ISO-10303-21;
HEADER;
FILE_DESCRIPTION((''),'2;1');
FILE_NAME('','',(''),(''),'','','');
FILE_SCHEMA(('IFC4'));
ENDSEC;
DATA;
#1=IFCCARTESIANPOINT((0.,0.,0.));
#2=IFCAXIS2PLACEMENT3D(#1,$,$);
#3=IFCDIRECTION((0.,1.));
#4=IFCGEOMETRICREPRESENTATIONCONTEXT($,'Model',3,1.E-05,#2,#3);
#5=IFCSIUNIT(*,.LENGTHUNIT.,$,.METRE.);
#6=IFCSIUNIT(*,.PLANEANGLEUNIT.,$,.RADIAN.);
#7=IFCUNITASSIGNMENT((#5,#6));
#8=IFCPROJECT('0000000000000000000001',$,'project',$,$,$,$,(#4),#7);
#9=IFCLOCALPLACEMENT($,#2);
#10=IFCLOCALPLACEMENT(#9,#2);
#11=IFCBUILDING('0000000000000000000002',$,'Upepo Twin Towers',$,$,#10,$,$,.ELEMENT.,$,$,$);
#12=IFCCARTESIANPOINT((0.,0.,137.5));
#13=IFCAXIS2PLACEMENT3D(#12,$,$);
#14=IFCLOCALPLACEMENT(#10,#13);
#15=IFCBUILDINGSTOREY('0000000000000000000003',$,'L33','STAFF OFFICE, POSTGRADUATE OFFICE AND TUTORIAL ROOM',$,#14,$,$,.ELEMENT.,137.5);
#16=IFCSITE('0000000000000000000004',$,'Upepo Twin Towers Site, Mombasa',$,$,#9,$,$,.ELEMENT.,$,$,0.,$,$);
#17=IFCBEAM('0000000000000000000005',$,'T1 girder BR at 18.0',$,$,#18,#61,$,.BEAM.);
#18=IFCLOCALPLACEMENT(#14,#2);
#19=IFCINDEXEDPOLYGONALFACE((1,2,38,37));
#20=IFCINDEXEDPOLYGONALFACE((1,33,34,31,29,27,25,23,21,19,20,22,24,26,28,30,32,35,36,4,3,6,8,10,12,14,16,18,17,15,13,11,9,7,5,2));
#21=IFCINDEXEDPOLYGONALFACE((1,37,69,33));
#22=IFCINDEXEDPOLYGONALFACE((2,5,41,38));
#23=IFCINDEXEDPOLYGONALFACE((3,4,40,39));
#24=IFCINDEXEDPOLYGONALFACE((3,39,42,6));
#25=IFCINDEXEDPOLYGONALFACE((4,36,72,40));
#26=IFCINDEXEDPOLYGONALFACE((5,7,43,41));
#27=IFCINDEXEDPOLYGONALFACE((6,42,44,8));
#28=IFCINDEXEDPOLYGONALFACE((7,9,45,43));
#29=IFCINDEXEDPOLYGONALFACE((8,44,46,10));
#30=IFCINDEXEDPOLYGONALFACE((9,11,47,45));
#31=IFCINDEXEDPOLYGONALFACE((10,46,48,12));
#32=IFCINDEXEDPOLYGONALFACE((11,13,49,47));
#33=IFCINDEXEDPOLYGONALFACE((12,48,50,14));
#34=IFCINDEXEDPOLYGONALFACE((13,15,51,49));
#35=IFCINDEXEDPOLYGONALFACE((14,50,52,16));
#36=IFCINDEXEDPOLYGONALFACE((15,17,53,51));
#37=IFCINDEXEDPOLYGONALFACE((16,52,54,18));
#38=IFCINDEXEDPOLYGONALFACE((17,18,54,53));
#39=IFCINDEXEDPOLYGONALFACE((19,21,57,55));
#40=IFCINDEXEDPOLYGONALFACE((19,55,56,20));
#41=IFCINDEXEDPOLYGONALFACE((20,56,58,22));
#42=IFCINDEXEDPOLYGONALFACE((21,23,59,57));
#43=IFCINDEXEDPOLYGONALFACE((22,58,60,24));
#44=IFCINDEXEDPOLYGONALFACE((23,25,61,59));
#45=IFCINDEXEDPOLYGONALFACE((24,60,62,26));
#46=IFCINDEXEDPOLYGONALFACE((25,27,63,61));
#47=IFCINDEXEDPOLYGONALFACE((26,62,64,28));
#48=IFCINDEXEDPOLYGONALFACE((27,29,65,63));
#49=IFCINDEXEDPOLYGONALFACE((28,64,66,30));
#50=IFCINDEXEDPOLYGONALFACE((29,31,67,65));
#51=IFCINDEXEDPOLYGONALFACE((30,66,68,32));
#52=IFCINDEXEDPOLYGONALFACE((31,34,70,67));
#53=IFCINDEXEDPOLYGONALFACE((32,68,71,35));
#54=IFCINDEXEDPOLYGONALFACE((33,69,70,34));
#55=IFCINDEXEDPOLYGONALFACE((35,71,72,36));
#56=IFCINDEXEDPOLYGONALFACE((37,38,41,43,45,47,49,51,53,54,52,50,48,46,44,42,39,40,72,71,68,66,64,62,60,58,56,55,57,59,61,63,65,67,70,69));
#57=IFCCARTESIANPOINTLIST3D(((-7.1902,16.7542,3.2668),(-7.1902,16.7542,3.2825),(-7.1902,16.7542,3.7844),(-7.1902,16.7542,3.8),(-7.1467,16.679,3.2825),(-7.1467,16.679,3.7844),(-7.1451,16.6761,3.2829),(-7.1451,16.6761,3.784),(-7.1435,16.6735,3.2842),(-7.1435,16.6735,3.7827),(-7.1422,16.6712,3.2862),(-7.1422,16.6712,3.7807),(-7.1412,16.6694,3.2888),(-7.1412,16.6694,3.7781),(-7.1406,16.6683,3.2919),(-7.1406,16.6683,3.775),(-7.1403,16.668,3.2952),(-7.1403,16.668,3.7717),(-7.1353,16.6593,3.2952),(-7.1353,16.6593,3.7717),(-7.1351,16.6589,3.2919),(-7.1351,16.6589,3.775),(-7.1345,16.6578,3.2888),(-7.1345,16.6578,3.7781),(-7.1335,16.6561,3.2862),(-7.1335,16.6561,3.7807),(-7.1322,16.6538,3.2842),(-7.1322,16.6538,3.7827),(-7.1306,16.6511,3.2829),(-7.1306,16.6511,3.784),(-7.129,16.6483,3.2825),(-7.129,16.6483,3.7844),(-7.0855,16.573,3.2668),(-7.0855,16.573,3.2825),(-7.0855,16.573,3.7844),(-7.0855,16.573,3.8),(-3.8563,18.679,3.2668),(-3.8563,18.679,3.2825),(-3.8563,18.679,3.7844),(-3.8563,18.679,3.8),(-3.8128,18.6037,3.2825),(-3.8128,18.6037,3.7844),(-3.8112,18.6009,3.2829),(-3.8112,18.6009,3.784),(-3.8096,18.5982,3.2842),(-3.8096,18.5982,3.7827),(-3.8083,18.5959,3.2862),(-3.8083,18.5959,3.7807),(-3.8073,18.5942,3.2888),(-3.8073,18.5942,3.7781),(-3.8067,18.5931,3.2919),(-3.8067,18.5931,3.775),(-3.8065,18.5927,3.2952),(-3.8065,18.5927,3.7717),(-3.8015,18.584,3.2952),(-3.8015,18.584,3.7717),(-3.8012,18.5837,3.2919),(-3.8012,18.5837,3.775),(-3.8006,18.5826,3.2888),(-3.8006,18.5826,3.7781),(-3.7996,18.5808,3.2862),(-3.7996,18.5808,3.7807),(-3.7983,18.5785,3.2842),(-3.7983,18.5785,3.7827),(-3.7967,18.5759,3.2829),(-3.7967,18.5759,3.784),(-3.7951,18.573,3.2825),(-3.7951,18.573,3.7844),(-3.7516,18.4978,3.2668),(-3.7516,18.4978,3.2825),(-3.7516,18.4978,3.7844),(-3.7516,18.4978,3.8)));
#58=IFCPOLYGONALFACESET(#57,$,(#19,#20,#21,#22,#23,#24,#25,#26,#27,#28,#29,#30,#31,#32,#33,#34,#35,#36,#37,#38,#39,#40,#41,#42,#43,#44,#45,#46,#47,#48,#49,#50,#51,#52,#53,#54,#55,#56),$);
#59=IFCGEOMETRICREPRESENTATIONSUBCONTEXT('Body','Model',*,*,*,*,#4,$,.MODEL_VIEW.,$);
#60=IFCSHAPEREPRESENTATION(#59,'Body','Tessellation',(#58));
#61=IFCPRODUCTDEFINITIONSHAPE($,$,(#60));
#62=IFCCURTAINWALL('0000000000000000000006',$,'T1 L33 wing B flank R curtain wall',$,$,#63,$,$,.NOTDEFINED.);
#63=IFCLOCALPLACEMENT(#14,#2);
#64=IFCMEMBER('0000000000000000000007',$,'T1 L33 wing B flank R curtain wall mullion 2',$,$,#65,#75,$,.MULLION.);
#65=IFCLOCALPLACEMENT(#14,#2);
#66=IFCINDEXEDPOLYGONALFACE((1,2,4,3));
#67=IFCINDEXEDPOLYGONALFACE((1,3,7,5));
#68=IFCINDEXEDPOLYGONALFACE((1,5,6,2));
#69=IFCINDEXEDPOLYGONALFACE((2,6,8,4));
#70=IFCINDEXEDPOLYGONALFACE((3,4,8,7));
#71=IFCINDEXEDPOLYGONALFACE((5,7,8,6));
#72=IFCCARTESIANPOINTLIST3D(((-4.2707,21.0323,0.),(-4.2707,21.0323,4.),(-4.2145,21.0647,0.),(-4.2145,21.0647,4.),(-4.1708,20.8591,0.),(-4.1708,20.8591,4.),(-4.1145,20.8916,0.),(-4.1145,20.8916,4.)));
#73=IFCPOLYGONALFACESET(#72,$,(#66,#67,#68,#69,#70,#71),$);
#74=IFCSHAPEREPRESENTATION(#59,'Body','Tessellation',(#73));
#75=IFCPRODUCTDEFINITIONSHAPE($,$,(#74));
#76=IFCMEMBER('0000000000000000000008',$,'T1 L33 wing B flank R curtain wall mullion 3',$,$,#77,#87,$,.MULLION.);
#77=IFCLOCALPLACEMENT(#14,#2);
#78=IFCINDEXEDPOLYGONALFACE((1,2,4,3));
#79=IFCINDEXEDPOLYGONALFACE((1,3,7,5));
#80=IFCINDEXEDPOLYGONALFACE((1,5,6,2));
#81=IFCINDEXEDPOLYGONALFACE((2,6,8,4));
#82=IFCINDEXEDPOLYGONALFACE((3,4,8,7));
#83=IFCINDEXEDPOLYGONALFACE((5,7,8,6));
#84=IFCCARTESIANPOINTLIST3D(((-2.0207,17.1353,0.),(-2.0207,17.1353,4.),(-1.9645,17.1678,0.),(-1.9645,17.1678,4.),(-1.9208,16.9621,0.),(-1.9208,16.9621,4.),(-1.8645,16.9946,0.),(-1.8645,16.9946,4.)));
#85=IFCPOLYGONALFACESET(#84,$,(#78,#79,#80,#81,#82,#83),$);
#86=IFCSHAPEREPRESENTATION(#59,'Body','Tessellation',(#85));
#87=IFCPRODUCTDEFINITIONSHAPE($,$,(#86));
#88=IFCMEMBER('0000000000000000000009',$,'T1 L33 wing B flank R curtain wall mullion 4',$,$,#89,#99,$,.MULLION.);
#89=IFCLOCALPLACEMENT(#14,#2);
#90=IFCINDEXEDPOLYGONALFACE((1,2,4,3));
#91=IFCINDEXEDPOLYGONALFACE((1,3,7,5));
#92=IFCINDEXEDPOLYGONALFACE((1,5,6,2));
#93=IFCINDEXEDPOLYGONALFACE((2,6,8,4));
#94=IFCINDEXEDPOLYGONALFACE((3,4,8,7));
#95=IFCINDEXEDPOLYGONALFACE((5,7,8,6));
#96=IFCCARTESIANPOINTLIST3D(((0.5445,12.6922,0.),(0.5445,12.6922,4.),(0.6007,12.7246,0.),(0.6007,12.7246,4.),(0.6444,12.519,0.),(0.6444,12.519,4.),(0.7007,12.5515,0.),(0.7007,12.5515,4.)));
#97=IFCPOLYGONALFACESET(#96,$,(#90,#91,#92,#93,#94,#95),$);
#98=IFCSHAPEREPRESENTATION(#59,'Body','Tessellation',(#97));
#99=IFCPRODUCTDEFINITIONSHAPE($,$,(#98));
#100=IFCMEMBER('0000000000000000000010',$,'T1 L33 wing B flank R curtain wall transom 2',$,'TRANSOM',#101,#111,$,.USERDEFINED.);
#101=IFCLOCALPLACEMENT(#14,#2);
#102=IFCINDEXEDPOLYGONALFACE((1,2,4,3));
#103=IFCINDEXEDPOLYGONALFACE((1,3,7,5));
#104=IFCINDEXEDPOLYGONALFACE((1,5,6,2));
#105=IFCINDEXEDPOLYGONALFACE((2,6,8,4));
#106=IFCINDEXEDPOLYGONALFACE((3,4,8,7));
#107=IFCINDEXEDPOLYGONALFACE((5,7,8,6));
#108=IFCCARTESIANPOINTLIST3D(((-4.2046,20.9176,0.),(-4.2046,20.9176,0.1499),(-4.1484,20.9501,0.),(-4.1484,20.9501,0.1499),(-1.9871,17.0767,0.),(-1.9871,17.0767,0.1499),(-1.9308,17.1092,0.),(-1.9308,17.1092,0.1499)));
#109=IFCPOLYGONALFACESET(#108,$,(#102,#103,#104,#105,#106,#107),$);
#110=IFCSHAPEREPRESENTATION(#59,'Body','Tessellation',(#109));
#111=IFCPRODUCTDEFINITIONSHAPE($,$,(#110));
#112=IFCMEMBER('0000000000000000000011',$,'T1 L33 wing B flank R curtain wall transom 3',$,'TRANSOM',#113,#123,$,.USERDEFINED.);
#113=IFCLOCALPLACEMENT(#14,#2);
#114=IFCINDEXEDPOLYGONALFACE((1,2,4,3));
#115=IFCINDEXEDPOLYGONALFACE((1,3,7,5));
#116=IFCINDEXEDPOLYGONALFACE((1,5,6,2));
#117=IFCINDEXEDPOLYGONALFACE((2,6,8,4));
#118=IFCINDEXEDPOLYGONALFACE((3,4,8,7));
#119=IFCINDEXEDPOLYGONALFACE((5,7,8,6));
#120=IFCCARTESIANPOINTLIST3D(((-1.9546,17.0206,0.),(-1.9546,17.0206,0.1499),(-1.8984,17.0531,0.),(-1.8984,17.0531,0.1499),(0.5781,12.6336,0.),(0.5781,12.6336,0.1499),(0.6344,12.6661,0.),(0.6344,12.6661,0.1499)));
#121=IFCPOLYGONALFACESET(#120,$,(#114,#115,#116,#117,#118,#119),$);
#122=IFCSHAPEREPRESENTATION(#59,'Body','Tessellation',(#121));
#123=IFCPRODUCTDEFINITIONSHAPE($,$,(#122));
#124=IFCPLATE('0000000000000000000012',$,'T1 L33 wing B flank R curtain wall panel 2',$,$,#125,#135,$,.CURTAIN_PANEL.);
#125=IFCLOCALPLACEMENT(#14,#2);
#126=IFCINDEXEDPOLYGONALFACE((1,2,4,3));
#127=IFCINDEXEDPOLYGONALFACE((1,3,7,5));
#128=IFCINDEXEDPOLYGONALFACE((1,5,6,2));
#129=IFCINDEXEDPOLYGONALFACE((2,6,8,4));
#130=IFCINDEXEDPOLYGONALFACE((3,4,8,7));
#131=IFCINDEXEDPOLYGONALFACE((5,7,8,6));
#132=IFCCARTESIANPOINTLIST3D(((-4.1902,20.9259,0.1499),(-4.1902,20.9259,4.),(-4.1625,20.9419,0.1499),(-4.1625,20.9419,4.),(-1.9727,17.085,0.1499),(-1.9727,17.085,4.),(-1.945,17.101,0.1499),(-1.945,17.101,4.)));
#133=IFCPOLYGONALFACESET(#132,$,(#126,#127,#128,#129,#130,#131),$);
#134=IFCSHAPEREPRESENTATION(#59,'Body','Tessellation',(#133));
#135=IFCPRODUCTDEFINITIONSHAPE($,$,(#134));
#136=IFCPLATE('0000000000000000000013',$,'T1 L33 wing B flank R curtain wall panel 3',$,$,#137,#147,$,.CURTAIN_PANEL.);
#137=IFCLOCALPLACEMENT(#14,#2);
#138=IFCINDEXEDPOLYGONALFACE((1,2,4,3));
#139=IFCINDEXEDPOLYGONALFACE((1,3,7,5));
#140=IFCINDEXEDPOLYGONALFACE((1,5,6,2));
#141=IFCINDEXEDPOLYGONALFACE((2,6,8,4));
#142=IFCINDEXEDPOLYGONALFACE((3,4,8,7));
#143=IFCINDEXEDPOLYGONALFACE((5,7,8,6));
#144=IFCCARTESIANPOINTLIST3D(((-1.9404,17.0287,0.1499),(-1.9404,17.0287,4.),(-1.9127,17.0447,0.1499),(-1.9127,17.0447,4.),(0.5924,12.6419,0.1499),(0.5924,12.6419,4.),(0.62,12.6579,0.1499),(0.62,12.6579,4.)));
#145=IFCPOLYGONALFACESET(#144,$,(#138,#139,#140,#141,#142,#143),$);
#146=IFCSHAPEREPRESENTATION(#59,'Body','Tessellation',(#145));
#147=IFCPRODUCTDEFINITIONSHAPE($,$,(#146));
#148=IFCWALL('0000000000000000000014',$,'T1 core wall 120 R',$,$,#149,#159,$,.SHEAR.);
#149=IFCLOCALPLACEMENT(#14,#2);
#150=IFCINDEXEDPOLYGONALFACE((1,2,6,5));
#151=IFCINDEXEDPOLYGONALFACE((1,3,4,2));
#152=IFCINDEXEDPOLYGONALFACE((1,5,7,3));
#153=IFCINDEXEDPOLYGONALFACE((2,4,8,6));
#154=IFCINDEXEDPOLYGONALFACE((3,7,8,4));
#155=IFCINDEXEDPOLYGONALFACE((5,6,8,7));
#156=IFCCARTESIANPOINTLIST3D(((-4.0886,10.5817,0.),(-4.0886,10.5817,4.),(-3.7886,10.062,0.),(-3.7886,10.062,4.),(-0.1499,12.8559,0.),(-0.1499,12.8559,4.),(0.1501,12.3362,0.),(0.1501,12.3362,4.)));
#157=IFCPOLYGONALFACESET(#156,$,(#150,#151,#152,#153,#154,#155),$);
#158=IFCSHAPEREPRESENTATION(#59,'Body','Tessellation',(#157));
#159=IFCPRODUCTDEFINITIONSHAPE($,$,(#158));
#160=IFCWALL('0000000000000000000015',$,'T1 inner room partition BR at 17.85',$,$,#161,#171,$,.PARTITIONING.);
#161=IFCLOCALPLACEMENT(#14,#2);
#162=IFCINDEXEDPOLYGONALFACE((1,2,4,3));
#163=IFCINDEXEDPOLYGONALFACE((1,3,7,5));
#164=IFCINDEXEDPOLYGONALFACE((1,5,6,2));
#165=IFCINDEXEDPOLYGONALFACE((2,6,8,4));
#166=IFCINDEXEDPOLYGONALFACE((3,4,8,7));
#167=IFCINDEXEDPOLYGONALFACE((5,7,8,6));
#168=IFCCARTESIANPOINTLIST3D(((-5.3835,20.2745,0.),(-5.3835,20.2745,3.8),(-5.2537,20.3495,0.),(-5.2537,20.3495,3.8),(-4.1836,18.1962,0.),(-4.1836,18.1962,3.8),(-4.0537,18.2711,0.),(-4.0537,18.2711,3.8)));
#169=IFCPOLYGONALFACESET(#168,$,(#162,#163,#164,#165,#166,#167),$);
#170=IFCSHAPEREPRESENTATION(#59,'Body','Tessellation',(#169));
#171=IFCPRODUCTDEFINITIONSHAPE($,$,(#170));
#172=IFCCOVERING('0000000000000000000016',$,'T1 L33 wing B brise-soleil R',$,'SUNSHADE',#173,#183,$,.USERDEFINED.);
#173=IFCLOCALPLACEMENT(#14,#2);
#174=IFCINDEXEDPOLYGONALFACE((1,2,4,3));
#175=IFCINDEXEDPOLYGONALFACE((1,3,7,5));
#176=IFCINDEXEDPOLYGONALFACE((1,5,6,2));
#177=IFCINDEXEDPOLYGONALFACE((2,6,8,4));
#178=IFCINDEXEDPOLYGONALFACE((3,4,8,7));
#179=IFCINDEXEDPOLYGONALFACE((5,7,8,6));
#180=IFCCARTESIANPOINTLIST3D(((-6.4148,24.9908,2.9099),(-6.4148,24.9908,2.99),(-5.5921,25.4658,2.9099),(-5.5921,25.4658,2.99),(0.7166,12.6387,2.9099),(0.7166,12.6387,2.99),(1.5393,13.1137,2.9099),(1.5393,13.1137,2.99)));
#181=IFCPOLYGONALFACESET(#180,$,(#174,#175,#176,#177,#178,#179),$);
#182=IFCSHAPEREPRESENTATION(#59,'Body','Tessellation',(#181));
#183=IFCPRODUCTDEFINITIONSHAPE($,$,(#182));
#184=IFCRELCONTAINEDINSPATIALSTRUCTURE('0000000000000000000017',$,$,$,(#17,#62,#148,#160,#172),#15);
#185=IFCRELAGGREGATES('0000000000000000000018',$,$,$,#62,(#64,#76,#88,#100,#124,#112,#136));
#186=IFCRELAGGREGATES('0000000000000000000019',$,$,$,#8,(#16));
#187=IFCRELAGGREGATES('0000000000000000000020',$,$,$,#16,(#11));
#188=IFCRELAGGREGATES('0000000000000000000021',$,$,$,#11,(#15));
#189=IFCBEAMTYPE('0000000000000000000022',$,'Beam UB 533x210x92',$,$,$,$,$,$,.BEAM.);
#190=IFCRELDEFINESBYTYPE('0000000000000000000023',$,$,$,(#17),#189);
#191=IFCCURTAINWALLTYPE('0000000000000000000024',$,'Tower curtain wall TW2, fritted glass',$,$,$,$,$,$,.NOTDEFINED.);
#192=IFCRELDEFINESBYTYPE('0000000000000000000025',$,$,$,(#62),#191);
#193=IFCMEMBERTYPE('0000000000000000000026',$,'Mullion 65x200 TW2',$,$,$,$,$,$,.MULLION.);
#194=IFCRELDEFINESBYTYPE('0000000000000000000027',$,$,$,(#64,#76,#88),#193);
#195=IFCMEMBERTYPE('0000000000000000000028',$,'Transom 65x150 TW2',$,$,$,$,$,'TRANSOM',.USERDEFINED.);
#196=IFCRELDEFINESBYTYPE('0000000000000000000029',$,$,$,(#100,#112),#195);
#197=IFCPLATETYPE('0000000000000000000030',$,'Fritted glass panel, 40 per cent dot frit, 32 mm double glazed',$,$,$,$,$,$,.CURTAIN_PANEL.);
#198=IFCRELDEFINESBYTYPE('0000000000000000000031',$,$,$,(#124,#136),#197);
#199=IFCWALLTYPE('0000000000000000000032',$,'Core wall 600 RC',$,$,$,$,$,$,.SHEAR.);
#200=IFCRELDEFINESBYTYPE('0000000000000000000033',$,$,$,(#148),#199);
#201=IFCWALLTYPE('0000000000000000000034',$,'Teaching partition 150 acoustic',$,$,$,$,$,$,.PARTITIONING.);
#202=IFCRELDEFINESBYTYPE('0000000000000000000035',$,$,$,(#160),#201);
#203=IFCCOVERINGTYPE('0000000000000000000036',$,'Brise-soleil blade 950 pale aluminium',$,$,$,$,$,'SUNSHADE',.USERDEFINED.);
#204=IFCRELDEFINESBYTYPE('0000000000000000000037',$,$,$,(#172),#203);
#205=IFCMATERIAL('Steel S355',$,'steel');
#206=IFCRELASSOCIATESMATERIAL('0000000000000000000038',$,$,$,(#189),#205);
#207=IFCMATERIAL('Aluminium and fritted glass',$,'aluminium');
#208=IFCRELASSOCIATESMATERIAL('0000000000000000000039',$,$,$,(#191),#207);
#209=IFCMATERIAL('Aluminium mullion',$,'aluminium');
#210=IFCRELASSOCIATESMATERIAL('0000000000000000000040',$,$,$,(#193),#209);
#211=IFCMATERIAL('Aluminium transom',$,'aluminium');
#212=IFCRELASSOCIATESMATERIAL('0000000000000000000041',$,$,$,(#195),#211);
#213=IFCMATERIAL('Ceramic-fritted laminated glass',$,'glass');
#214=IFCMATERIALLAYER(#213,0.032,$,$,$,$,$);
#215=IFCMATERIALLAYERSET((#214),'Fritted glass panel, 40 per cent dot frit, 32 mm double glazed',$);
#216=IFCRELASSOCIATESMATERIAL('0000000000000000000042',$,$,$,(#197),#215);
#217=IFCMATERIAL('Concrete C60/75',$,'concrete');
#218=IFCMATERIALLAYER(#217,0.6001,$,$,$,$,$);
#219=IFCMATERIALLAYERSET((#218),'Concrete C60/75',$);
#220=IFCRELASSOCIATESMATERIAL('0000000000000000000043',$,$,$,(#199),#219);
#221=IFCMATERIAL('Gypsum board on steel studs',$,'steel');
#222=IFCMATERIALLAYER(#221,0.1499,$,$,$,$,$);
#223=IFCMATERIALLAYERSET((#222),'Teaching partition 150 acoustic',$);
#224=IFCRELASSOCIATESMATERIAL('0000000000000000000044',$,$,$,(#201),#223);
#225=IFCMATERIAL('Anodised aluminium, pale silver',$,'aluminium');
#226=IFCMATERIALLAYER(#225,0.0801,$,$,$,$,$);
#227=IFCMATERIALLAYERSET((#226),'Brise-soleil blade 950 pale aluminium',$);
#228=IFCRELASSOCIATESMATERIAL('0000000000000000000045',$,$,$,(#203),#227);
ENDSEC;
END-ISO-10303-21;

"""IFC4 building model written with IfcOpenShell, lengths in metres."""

from ifc_helpers import new_model, si_unit, direction, frame, frame_2d, origin, origin_2d, place, context, subcontext, project, spatial, rectangle, i_section, extrude, material, layer, layer_set, material_profile, profile_set, type_object, element, aggregate, save


model = new_model("IFC4")

# Units and contexts
model_context = context("Model", 3, precision=1e-05, world=origin(), true_north=direction((0.0, 1.0)))
body_context = subcontext(model_context, "Body", "Model", "MODEL_VIEW")
ifc_project = project(units=[si_unit("LENGTHUNIT", "METRE"), si_unit("PLANEANGLEUNIT", "RADIAN")], contexts=[model_context])

# Site, building, storey
site_placement = place(None, origin())
site = spatial("IfcSite", under=ifc_project, at=site_placement, Name="Upepo Twin Towers Site, Mombasa", CompositionType="ELEMENT", RefElevation=0.0)
building_placement = place(site_placement, origin())
building = spatial("IfcBuilding", under=site, at=building_placement, Name="Upepo Twin Towers", CompositionType="ELEMENT")
storey_placement = place(building_placement, frame((0.0, 0.0, 137.5)))
storey = spatial("IfcBuildingStorey", under=building, at=storey_placement, Name="L33", Description="STAFF OFFICE, POSTGRADUATE OFFICE AND TUTORIAL ROOM", CompositionType="ELEMENT", Elevation=137.5)

# Beam
ifc_material_1 = material(Name="Steel S355", Category="steel")
ifc_material_profile_1 = material_profile(ifc_material_1, i_section(OverallWidth=0.2092, OverallDepth=0.5332, WebThickness=0.01, FlangeThickness=0.0156, FilletRadius=0.0127, at=origin_2d()), Name="UB 533x210x92")
ifc_profile_set_1 = profile_set([ifc_material_profile_1], Name="Steel S355")
beam_type_1 = type_object("IfcBeamType", Name="Beam UB 533x210x92", PredefinedType="BEAM", material=ifc_profile_set_1)
beam_1_placement = place(storey_placement, frame((-3.804, 18.5884, 3.5334), z_axis=(-0.866034, -0.499986, 0.0), x_axis=(0.499986, -0.866034, 0.0)))
element("IfcBeam", 1, at=beam_1_placement, inside=storey, type_object=beam_type_1, Name="T1 girder BR at 18.0", PredefinedType="BEAM", context=body_context, shape_type="SweptSolid", body=[
    extrude(i_section(OverallWidth=0.2092, OverallDepth=0.5332, WebThickness=0.01, FlangeThickness=0.0156, FilletRadius=0.0127, at=origin_2d()), origin(), (0.0, 0.0, 1.0), 3.8496),
])

# Curtain wall, members, plates
ifc_material_2 = material(Name="Aluminium and fritted glass", Category="aluminium")
curtain_wall_type = type_object("IfcCurtainWallType", Name="Tower curtain wall TW2, fritted glass", PredefinedType="NOTDEFINED", material=ifc_material_2)
curtain_wall_placement = place(storey_placement, origin())
curtain_wall = element("IfcCurtainWall", 2, at=curtain_wall_placement, inside=storey, type_object=curtain_wall_type, Name="T1 L33 wing B flank R curtain wall", PredefinedType="NOTDEFINED")
ifc_material_3 = material(Name="Aluminium mullion", Category="aluminium")
ifc_material_profile_2 = material_profile(ifc_material_3, rectangle(XDim=0.0649, YDim=0.2, at=origin_2d()), Name="MULLION 65x200")
ifc_profile_set_2 = profile_set([ifc_material_profile_2], Name="Aluminium mullion")
member_type_1 = type_object("IfcMemberType", Name="Mullion 65x200 TW2", PredefinedType="MULLION", material=ifc_profile_set_2)
member_1_placement = place(storey_placement, frame((-4.1926, 20.9619, 0.0), z_axis=(0.0, 0.0, 1.0), x_axis=(0.866025, 0.5, 0.0)))
member_1 = element("IfcMember", 3, at=member_1_placement, type_object=member_type_1, Name="T1 L33 wing B flank R curtain wall mullion 2", PredefinedType="MULLION", context=body_context, shape_type="SweptSolid", body=[
    extrude(rectangle(XDim=0.0649, YDim=0.2, at=origin_2d()), origin(), (0.0, 0.0, 1.0), 4.0),
])
member_2_placement = place(storey_placement, frame((-1.9426, 17.0649, 0.0), z_axis=(0.0, 0.0, 1.0), x_axis=(0.866025, 0.5, 0.0)))
member_2 = element("IfcMember", 4, at=member_2_placement, type_object=member_type_1, Name="T1 L33 wing B flank R curtain wall mullion 3", PredefinedType="MULLION", context=body_context, shape_type="SweptSolid", body=[
    extrude(rectangle(XDim=0.0649, YDim=0.2, at=origin_2d()), origin(), (0.0, 0.0, 1.0), 4.0),
])
member_3_placement = place(storey_placement, frame((0.6226, 12.6218, 0.0), z_axis=(0.0, 0.0, 1.0), x_axis=(0.866025, 0.5, 0.0)))
member_3 = element("IfcMember", 5, at=member_3_placement, type_object=member_type_1, Name="T1 L33 wing B flank R curtain wall mullion 4", PredefinedType="MULLION", context=body_context, shape_type="SweptSolid", body=[
    extrude(rectangle(XDim=0.0649, YDim=0.2, at=origin_2d()), origin(), (0.0, 0.0, 1.0), 4.0),
])
ifc_material_4 = material(Name="Aluminium transom", Category="aluminium")
ifc_material_profile_3 = material_profile(ifc_material_4, rectangle(XDim=0.0649, YDim=0.1499, at=origin_2d()), Name="TRANSOM 65x150")
ifc_profile_set_3 = profile_set([ifc_material_profile_3], Name="Aluminium transom")
member_type_2 = type_object("IfcMemberType", Name="Transom 65x150 TW2", ElementType="TRANSOM", PredefinedType="USERDEFINED", material=ifc_profile_set_3)
member_4_placement = place(storey_placement, frame((-4.1765, 20.9338, 0.075), z_axis=(0.500005, -0.866022, 0.0), x_axis=(0.866022, 0.500005, 0.0)))
member_4 = element("IfcMember", 6, at=member_4_placement, type_object=member_type_2, Name="T1 L33 wing B flank R curtain wall transom 2", ObjectType="TRANSOM", PredefinedType="USERDEFINED", context=body_context, shape_type="SweptSolid", body=[
    extrude(rectangle(XDim=0.0649, YDim=0.1499, at=origin_2d()), origin(), (0.0, 0.0, 1.0), 4.4351),
])
member_5_placement = place(storey_placement, frame((-1.9265, 17.0369, 0.075), z_axis=(0.499985, -0.866034, 0.0), x_axis=(0.866034, 0.499985, 0.0)))
member_5 = element("IfcMember", 7, at=member_5_placement, type_object=member_type_2, Name="T1 L33 wing B flank R curtain wall transom 3", ObjectType="TRANSOM", PredefinedType="USERDEFINED", context=body_context, shape_type="SweptSolid", body=[
    extrude(rectangle(XDim=0.0649, YDim=0.1499, at=origin_2d()), origin(), (0.0, 0.0, 1.0), 5.0657),
])
ifc_material_5 = material(Name="Ceramic-fritted laminated glass", Category="glass")
ifc_layer_1 = layer(ifc_material_5, 0.032)
ifc_layer_set_1 = layer_set([ifc_layer_1], Name="Fritted glass panel, 40 per cent dot frit, 32 mm double glazed")
plate_type = type_object("IfcPlateType", Name="Fritted glass panel, 40 per cent dot frit, 32 mm double glazed", PredefinedType="CURTAIN_PANEL", material=ifc_layer_set_1)
plate_1_placement = place(storey_placement, frame((-3.0676, 19.0134, 0.1499), z_axis=(0.0, 0.0, 1.0), x_axis=(0.5, -0.866025, 0.0)))
plate_1 = element("IfcPlate", 8, at=plate_1_placement, type_object=plate_type, Name="T1 L33 wing B flank R curtain wall panel 2", PredefinedType="CURTAIN_PANEL", context=body_context, shape_type="SweptSolid", body=[
    extrude(rectangle(XDim=4.4351, YDim=0.032, at=origin_2d()), origin(), (0.0, 0.0, 1.0), 3.8501),
])
plate_2_placement = place(storey_placement, frame((-0.6602, 14.8433, 0.1499), z_axis=(0.0, 0.0, 1.0), x_axis=(0.5, -0.866025, 0.0)))
plate_2 = element("IfcPlate", 9, at=plate_2_placement, type_object=plate_type, Name="T1 L33 wing B flank R curtain wall panel 3", PredefinedType="CURTAIN_PANEL", context=body_context, shape_type="SweptSolid", body=[
    extrude(rectangle(XDim=5.0654, YDim=0.032, at=origin_2d()), origin(), (0.0, 0.0, 1.0), 3.8501),
])
aggregate(curtain_wall, [member_1, member_2, member_3, member_4, plate_1, member_5, plate_2])

# Walls
ifc_material_6 = material(Name="Concrete C60/75", Category="concrete")
ifc_layer_2 = layer(ifc_material_6, 0.6001)
ifc_layer_set_2 = layer_set([ifc_layer_2], Name="Concrete C60/75")
wall_type_1 = type_object("IfcWallType", Name="Core wall 600 RC", PredefinedType="SHEAR", material=ifc_layer_set_2)
wall_1_placement = place(storey_placement, frame((0.0, 12.5959, 0.0), z_axis=(0.0, 0.0, 1.0), x_axis=(-0.866011, -0.500024, 0.0)))
element("IfcWall", 10, at=wall_1_placement, inside=storey, type_object=wall_type_1, Name="T1 core wall 120 R", PredefinedType="SHEAR", context=body_context, shape_type="SweptSolid", body=[
    extrude(rectangle(XDim=4.5481, YDim=0.6001, at=frame_2d((2.2739, 0.0))), origin(), (0.0, 0.0, 1.0), 4.0),
])
ifc_material_7 = material(Name="Gypsum board on steel studs", Category="steel")
ifc_layer_3 = layer(ifc_material_7, 0.1499)
ifc_layer_set_3 = layer_set([ifc_layer_3], Name="Teaching partition 150 acoustic")
wall_type_2 = type_object("IfcWallType", Name="Teaching partition 150 acoustic", PredefinedType="PARTITIONING", material=ifc_layer_set_3)
wall_2_placement = place(storey_placement, frame((-4.1187, 18.2336, 0.0), z_axis=(0.0, 0.0, 1.0), x_axis=(-0.500001, 0.866025, 0.0)))
element("IfcWall", 11, at=wall_2_placement, inside=storey, type_object=wall_type_2, Name="T1 inner room partition BR at 17.85", PredefinedType="PARTITIONING", context=body_context, shape_type="SweptSolid", body=[
    extrude(rectangle(XDim=2.3999, YDim=0.1499, at=frame_2d((1.2, 0.0))), origin(), (0.0, 0.0, 1.0), 3.8),
])

# Covering
ifc_material_8 = material(Name="Anodised aluminium, pale silver", Category="aluminium")
ifc_layer_4 = layer(ifc_material_8, 0.0801)
ifc_layer_set_4 = layer_set([ifc_layer_4], Name="Brise-soleil blade 950 pale aluminium")
covering_type = type_object("IfcCoveringType", Name="Brise-soleil blade 950 pale aluminium", ElementType="SUNSHADE", PredefinedType="USERDEFINED", material=ifc_layer_set_4)
covering_placement = place(storey_placement, frame((-2.4377, 19.0522, 2.9099), z_axis=(0.0, 0.0, 1.0), x_axis=(-0.5, 0.866025, 0.0)))
element("IfcCovering", 12, at=covering_placement, inside=storey, type_object=covering_type, Name="T1 L33 wing B brise-soleil R", ObjectType="SUNSHADE", PredefinedType="USERDEFINED", context=body_context, shape_type="SweptSolid", body=[
    extrude(rectangle(XDim=14.2629, YDim=0.95, at=origin_2d()), origin(), (0.0, 0.0, 1.0), 0.0801),
])

save(model, "model.ifc")
